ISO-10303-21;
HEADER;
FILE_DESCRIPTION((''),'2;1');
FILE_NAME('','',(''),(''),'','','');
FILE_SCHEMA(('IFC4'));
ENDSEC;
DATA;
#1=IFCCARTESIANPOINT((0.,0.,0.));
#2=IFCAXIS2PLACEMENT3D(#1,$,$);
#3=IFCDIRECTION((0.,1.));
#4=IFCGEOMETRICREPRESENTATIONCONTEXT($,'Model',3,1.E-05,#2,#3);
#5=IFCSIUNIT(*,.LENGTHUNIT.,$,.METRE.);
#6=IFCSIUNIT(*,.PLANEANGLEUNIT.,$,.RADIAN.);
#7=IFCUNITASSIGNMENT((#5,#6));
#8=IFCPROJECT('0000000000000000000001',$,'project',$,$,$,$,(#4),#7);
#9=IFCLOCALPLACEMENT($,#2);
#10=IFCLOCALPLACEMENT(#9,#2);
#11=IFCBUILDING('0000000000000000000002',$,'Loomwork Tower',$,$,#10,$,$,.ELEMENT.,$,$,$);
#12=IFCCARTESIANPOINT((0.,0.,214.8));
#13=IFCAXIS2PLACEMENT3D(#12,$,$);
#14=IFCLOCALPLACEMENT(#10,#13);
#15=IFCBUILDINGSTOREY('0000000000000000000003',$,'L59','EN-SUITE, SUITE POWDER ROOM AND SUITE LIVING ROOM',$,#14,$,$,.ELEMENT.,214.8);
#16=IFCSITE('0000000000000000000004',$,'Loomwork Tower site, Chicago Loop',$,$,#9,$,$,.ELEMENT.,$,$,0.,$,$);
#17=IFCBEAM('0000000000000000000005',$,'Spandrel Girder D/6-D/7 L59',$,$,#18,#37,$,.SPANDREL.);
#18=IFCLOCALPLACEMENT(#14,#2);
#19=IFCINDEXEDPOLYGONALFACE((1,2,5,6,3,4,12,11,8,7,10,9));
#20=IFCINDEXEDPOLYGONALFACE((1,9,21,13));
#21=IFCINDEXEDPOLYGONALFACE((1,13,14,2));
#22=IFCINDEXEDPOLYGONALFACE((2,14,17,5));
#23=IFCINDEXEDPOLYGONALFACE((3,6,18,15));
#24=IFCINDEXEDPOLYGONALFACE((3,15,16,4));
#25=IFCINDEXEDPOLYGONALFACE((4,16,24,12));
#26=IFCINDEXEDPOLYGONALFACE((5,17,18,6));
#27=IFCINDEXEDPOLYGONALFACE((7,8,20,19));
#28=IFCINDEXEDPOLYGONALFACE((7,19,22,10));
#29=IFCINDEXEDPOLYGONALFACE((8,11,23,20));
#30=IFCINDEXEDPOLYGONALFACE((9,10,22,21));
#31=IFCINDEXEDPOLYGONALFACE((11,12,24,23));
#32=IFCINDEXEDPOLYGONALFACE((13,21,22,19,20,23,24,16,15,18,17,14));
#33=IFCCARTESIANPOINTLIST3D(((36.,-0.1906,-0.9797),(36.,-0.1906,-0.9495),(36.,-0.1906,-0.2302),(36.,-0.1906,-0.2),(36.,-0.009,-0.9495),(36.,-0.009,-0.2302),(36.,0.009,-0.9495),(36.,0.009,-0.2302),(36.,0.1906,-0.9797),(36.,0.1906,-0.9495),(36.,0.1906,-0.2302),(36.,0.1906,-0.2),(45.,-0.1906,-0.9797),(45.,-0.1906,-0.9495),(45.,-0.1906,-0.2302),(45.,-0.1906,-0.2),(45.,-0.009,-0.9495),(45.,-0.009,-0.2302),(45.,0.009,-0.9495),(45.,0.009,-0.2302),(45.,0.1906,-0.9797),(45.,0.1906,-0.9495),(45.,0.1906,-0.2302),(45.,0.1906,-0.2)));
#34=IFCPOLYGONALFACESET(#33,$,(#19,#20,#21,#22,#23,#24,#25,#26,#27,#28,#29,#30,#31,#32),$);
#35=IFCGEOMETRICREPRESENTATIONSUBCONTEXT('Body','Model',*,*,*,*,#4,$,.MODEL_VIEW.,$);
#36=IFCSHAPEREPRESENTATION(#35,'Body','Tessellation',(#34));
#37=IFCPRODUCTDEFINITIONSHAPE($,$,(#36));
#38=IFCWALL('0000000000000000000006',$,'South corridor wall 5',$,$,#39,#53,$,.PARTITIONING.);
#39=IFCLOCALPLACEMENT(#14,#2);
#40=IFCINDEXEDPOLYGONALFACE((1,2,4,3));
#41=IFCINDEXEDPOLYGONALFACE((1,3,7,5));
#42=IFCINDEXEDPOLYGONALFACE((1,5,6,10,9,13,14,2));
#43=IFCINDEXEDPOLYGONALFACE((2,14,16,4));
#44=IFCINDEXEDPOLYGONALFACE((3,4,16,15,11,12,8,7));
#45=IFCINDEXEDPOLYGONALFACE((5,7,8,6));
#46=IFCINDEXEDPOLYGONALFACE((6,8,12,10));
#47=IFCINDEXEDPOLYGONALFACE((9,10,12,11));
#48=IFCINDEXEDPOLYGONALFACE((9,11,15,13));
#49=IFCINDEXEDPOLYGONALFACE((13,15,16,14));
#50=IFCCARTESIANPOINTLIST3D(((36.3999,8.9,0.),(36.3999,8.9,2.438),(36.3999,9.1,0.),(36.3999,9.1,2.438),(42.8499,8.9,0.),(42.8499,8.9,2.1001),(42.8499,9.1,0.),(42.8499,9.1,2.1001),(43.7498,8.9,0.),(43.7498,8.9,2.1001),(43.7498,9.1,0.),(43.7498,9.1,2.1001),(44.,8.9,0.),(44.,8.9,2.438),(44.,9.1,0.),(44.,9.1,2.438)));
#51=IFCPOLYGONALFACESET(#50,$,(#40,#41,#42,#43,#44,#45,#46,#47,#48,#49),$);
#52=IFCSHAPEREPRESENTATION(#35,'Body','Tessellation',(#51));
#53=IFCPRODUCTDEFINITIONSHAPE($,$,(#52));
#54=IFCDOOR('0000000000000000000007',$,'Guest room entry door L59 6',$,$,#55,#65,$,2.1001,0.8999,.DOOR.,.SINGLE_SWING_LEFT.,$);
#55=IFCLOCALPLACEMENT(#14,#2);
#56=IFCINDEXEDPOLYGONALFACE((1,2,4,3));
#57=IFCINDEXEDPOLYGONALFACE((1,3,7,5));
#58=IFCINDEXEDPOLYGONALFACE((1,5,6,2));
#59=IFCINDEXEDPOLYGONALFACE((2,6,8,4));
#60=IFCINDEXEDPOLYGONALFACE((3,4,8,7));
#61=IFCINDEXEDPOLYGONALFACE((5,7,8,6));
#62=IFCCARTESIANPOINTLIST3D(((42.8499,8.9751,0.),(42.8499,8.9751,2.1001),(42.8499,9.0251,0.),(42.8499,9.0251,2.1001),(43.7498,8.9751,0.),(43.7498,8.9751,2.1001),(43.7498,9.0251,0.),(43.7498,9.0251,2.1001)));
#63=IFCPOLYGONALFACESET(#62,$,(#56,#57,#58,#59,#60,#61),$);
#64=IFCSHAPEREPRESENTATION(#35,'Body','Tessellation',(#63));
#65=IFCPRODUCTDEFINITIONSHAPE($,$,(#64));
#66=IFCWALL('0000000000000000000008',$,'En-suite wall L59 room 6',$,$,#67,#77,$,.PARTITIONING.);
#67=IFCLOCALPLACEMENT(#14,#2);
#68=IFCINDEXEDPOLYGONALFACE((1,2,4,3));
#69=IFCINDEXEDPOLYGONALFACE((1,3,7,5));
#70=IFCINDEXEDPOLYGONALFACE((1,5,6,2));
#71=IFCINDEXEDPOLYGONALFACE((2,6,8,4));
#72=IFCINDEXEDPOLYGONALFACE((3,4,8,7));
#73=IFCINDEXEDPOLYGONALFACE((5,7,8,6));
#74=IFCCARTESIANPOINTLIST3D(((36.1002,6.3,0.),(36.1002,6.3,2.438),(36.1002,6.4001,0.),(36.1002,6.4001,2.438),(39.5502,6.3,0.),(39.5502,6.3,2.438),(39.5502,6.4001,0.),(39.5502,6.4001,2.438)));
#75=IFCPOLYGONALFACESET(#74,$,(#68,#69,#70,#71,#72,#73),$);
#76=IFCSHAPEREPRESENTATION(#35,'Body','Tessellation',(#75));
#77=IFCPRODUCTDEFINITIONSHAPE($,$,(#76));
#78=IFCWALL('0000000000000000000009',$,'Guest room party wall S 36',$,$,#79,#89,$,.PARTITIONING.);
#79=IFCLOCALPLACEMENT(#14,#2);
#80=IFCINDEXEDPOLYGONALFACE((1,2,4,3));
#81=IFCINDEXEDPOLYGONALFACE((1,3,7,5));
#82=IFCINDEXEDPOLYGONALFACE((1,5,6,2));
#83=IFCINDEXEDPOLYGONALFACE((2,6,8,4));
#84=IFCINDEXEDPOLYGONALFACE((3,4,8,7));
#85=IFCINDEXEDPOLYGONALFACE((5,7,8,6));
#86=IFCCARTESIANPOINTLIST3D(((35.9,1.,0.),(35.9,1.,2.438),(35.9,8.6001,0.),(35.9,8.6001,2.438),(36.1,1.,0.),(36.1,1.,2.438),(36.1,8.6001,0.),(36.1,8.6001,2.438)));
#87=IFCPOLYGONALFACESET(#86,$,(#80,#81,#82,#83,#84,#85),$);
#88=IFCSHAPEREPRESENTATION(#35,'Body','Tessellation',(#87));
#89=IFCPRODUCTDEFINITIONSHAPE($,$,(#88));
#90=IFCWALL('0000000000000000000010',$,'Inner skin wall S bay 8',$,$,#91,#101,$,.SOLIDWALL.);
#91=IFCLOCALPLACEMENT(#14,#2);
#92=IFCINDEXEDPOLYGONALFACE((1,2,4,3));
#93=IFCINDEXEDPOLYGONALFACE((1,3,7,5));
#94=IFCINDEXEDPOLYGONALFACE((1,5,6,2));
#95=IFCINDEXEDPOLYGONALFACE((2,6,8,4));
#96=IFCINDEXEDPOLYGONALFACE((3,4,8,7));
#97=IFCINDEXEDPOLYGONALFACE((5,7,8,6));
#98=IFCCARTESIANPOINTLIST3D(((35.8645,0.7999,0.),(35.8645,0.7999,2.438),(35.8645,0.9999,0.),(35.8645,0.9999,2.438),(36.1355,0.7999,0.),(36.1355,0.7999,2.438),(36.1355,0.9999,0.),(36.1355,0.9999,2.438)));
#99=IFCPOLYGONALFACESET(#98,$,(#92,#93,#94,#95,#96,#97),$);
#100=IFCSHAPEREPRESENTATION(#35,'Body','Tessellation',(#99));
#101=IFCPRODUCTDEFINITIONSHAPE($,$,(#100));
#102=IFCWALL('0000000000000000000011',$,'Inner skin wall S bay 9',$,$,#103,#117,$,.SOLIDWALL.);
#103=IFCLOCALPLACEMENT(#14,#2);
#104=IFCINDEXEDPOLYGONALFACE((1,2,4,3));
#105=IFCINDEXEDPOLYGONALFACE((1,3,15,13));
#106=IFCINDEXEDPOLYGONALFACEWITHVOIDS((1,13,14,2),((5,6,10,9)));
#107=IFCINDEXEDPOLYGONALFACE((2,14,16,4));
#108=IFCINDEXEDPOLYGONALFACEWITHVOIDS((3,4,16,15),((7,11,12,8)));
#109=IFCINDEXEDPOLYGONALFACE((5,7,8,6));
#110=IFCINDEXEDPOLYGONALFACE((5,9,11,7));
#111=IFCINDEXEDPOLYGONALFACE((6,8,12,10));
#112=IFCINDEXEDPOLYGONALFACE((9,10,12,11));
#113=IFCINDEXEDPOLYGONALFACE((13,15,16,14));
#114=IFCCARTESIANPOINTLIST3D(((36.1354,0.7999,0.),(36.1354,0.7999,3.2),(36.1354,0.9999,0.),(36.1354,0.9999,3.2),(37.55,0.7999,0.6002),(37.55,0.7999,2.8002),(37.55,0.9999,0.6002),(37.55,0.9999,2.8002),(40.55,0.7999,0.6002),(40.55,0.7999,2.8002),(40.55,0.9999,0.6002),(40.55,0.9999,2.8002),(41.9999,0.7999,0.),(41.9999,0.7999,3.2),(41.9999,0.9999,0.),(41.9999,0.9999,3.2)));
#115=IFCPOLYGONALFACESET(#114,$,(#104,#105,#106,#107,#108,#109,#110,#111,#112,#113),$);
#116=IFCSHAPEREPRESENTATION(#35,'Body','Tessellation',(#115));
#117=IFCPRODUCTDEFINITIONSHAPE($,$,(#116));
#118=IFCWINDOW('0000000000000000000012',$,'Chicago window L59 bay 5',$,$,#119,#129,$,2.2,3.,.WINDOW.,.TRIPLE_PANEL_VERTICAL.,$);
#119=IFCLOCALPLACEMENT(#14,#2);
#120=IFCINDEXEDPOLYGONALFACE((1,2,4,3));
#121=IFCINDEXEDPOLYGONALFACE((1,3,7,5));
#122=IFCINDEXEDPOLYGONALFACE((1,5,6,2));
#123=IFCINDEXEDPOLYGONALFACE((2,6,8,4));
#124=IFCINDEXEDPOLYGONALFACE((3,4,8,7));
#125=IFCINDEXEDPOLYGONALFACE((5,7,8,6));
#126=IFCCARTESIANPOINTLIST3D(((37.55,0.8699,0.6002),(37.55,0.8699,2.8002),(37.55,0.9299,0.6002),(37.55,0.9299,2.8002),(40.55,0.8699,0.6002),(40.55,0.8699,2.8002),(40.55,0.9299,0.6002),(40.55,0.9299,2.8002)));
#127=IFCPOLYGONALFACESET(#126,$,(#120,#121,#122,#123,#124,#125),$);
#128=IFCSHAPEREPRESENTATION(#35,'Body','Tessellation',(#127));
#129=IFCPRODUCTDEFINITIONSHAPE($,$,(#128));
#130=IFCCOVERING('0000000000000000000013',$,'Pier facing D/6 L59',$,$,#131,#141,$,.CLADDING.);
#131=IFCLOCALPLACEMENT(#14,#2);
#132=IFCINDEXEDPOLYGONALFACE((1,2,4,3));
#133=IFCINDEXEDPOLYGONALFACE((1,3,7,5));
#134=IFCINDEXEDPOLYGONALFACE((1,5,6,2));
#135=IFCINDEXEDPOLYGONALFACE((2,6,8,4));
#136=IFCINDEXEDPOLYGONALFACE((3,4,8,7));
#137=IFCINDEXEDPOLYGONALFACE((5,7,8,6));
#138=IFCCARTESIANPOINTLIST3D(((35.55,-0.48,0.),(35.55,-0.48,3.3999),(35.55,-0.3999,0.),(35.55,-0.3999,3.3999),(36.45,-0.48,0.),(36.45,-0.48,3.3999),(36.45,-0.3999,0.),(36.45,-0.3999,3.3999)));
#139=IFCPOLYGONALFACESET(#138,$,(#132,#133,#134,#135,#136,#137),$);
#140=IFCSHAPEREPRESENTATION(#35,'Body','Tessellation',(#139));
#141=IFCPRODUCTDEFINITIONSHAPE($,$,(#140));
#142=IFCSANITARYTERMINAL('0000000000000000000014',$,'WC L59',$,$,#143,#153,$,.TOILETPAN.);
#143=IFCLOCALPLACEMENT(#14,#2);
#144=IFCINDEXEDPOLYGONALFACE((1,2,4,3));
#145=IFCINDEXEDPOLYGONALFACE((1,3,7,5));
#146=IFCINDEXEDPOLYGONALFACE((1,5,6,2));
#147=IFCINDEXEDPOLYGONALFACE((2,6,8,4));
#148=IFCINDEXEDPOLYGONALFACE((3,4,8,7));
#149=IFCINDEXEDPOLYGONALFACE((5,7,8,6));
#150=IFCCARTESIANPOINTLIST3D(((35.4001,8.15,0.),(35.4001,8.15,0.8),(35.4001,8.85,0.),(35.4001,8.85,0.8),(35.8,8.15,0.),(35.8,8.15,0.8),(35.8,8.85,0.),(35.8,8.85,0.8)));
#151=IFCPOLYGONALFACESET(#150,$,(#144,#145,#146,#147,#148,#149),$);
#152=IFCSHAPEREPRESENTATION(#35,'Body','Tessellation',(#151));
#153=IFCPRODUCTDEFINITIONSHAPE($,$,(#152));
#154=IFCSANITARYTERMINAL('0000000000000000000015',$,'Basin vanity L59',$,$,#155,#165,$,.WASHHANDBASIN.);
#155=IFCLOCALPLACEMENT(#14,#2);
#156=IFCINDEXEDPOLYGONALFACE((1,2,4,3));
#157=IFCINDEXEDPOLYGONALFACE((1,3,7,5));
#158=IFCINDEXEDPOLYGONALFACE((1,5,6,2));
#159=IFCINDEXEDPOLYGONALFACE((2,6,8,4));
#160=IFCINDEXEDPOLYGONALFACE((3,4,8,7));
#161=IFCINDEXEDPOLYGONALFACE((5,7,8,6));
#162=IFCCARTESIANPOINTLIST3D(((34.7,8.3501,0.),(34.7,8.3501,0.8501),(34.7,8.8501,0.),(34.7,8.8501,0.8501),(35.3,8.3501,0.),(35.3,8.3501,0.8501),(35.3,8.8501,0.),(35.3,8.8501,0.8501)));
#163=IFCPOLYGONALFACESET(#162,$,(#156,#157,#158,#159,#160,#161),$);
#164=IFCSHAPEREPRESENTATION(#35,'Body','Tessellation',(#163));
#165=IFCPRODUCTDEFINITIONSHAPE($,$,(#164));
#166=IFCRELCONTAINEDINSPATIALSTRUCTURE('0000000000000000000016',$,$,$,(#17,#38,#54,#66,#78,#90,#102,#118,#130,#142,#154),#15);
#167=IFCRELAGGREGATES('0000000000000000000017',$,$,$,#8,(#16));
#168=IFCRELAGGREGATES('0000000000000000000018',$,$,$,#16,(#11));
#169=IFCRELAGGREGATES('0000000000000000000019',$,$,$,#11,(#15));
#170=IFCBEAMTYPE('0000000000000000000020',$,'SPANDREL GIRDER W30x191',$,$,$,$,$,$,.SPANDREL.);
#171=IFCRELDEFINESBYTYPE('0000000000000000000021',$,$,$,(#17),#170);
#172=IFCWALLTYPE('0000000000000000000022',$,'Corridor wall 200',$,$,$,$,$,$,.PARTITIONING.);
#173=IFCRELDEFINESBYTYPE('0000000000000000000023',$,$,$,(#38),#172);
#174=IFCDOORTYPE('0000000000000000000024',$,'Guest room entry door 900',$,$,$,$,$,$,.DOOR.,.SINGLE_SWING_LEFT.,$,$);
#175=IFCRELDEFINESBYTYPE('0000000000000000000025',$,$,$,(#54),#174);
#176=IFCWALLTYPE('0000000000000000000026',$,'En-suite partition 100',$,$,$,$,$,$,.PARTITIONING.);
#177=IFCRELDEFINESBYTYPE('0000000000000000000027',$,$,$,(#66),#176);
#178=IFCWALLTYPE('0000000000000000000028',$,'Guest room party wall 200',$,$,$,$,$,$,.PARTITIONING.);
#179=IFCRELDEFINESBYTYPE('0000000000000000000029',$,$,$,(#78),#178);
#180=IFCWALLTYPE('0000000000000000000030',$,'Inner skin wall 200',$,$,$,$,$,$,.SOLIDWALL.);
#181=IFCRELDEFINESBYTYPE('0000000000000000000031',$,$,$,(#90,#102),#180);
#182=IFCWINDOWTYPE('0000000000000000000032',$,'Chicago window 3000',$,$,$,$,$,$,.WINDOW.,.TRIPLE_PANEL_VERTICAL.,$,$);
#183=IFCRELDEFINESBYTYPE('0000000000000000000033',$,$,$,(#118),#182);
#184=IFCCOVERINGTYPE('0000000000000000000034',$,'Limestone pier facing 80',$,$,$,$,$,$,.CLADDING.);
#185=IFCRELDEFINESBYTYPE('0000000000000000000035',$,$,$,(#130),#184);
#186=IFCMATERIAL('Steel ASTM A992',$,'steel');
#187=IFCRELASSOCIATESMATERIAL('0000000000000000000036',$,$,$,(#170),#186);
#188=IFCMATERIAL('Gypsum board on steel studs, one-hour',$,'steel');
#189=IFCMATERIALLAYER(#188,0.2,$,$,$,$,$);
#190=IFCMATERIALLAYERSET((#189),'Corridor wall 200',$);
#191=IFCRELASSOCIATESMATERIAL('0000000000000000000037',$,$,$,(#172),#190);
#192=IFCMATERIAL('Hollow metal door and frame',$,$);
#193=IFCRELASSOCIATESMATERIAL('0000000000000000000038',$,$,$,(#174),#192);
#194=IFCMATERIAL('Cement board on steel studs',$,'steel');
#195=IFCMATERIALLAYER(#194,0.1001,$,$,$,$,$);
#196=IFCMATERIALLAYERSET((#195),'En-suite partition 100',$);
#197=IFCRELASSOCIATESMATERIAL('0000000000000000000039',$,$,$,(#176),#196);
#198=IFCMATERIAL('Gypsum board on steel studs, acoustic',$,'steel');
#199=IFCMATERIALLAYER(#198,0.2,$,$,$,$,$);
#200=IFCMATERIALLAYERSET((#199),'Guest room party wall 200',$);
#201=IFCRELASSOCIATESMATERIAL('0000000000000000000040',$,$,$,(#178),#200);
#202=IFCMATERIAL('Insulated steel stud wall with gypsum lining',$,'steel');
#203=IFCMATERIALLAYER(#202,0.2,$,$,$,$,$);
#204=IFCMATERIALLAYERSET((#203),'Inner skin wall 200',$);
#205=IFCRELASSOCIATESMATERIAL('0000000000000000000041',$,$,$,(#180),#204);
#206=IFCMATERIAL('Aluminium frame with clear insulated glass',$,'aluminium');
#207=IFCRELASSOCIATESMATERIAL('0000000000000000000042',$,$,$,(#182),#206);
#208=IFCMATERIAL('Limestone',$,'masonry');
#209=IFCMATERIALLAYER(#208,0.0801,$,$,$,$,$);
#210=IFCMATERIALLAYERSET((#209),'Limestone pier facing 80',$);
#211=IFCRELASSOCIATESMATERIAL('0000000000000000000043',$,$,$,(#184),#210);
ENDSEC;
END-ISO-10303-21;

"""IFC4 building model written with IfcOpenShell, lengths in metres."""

from ifc_helpers import new_model, si_unit, direction, frame, frame_2d, origin, origin_2d, place, context, subcontext, project, spatial, rectangle, i_section, extrude, material, layer, layer_set, material_profile, profile_set, type_object, element, fill, save


model = new_model("IFC4")

# Units and contexts
model_context = context("Model", 3, precision=1e-05, world=origin(), true_north=direction((0.0, 1.0)))
body_context = subcontext(model_context, "Body", "Model", "MODEL_VIEW")
ifc_project = project(units=[si_unit("LENGTHUNIT", "METRE"), si_unit("PLANEANGLEUNIT", "RADIAN")], contexts=[model_context])

# Site, building, storey
site_placement = place(None, origin())
site = spatial("IfcSite", under=ifc_project, at=site_placement, Name="Loomwork Tower site, Chicago Loop", CompositionType="ELEMENT", RefElevation=0.0)
building_placement = place(site_placement, origin())
building = spatial("IfcBuilding", under=site, at=building_placement, Name="Loomwork Tower", CompositionType="ELEMENT")
storey_placement = place(building_placement, frame((0.0, 0.0, 214.8)))
storey = spatial("IfcBuildingStorey", under=building, at=storey_placement, Name="L59", Description="EN-SUITE, SUITE POWDER ROOM AND SUITE LIVING ROOM", CompositionType="ELEMENT", Elevation=214.8)

# Beam
ifc_material_1 = material(Name="Steel ASTM A992", Category="steel")
ifc_material_profile_1 = material_profile(ifc_material_1, i_section(OverallWidth=0.3811, OverallDepth=0.7798, WebThickness=0.0181, FlangeThickness=0.0303, at=origin_2d()), Name="W30x191")
ifc_profile_set_1 = profile_set([ifc_material_profile_1], Name="Steel ASTM A992")
beam_type_1 = type_object("IfcBeamType", Name="SPANDREL GIRDER W30x191", PredefinedType="SPANDREL", material=ifc_profile_set_1)
beam_1_placement = place(storey_placement, frame((36.0, 0.0, -0.5898), z_axis=(1.0, 0.0, 0.0), x_axis=(0.0, 1.0, 0.0)))
element("IfcBeam", 1, at=beam_1_placement, inside=storey, type_object=beam_type_1, Name="Spandrel Girder D/6-D/7 L59", PredefinedType="SPANDREL", context=body_context, shape_type="SweptSolid", body=[
    extrude(i_section(OverallWidth=0.3811, OverallDepth=0.7798, WebThickness=0.0181, FlangeThickness=0.0303, at=origin_2d()), origin(), (0.0, 0.0, 1.0), 9.0),
])

# Wall, opening, door
ifc_material_2 = material(Name="Gypsum board on steel studs, one-hour", Category="steel")
ifc_layer_1 = layer(ifc_material_2, 0.2)
ifc_layer_set_1 = layer_set([ifc_layer_1], Name="Corridor wall 200")
wall_type_1 = type_object("IfcWallType", Name="Corridor wall 200", PredefinedType="PARTITIONING", material=ifc_layer_set_1)
wall_1_placement = place(storey_placement, frame((36.3999, 9.0, 0.0), z_axis=(0.0, 0.0, 1.0), x_axis=(1.0, 0.0, 0.0)))
wall_1 = element("IfcWall", 2, at=wall_1_placement, inside=storey, type_object=wall_type_1, Name="South corridor wall 5", PredefinedType="PARTITIONING", context=body_context, shape_type="SweptSolid", body=[
    extrude(rectangle(XDim=7.6001, YDim=0.2, at=frame_2d((3.8, 0.0))), origin(), (0.0, 0.0, 1.0), 2.438),
])
opening_1_placement = place(wall_1_placement, frame((6.45, 0.0, 0.0)))
opening_1 = element("IfcOpeningElement", 3, at=opening_1_placement, cuts=wall_1, PredefinedType="OPENING", context=body_context, shape_type="SweptSolid", body=[
    extrude(rectangle(XDim=0.8999, YDim=2.1001, at=frame_2d((0.45, 1.05))), frame((0.0, 0.1099, 0.0), z_axis=(0.0, -1.0, 0.0), x_axis=(1.0, 0.0, 0.0)), (0.0, 0.0, 1.0), 0.22),
])
ifc_material_3 = material(Name="Hollow metal door and frame")
door_type = type_object("IfcDoorType", Name="Guest room entry door 900", OperationType="SINGLE_SWING_LEFT", PredefinedType="DOOR", material=ifc_material_3)
door_placement = place(opening_1_placement, frame((0.8999, 0.0, 0.0), z_axis=(0.0, 0.0, 1.0), x_axis=(-1.0, 0.0, 0.0)))
door = element("IfcDoor", 4, at=door_placement, inside=storey, type_object=door_type, Name="Guest room entry door L59 6", OperationType="SINGLE_SWING_LEFT", OverallHeight=2.1001, OverallWidth=0.8999, PredefinedType="DOOR", context=body_context, shape_type="SweptSolid", body=[
    extrude(rectangle(XDim=0.8999, YDim=2.1001, at=frame_2d((0.45, 1.05))), frame((0.0, 0.0249, 0.0), z_axis=(0.0, -1.0, 0.0), x_axis=(1.0, 0.0, 0.0)), (0.0, 0.0, 1.0), 0.05),
])
fill(opening_1, door)

# Walls
ifc_material_4 = material(Name="Cement board on steel studs", Category="steel")
ifc_layer_2 = layer(ifc_material_4, 0.1001)
ifc_layer_set_2 = layer_set([ifc_layer_2], Name="En-suite partition 100")
wall_type_2 = type_object("IfcWallType", Name="En-suite partition 100", PredefinedType="PARTITIONING", material=ifc_layer_set_2)
wall_2_placement = place(storey_placement, frame((36.1001, 6.3501, 0.0), z_axis=(0.0, 0.0, 1.0), x_axis=(1.0, 0.0, 0.0)))
element("IfcWall", 5, at=wall_2_placement, inside=storey, type_object=wall_type_2, Name="En-suite wall L59 room 6", PredefinedType="PARTITIONING", context=body_context, shape_type="SweptSolid", body=[
    extrude(rectangle(XDim=3.45, YDim=0.1001, at=frame_2d((1.7251, 0.0))), origin(), (0.0, 0.0, 1.0), 2.438),
])
ifc_material_5 = material(Name="Gypsum board on steel studs, acoustic", Category="steel")
ifc_layer_3 = layer(ifc_material_5, 0.2)
ifc_layer_set_3 = layer_set([ifc_layer_3], Name="Guest room party wall 200")
wall_type_3 = type_object("IfcWallType", Name="Guest room party wall 200", PredefinedType="PARTITIONING", material=ifc_layer_set_3)
wall_3_placement = place(storey_placement, frame((36.0, 8.6001, 0.0), z_axis=(0.0, 0.0, 1.0), x_axis=(0.0, -1.0, 0.0)))
element("IfcWall", 6, at=wall_3_placement, inside=storey, type_object=wall_type_3, Name="Guest room party wall S 36", PredefinedType="PARTITIONING", context=body_context, shape_type="SweptSolid", body=[
    extrude(rectangle(XDim=7.6001, YDim=0.2, at=frame_2d((3.8, 0.0))), origin(), (0.0, 0.0, 1.0), 2.438),
])
ifc_material_6 = material(Name="Insulated steel stud wall with gypsum lining", Category="steel")
ifc_layer_4 = layer(ifc_material_6, 0.2)
ifc_layer_set_4 = layer_set([ifc_layer_4], Name="Inner skin wall 200")
wall_type_4 = type_object("IfcWallType", Name="Inner skin wall 200", PredefinedType="SOLIDWALL", material=ifc_layer_set_4)
wall_4_placement = place(storey_placement, frame((35.8645, 0.8999, 0.0), z_axis=(0.0, 0.0, 1.0), x_axis=(1.0, 0.0, 0.0)))
element("IfcWall", 7, at=wall_4_placement, inside=storey, type_object=wall_type_4, Name="Inner skin wall S bay 8", PredefinedType="SOLIDWALL", context=body_context, shape_type="SweptSolid", body=[
    extrude(rectangle(XDim=0.271, YDim=0.2, at=frame_2d((0.1355, 0.0))), origin(), (0.0, 0.0, 1.0), 2.438),
])

# Wall, opening, window
wall_5_placement = place(storey_placement, frame((36.1355, 0.8999, 0.0), z_axis=(0.0, 0.0, 1.0), x_axis=(1.0, 0.0, 0.0)))
wall_5 = element("IfcWall", 8, at=wall_5_placement, inside=storey, type_object=wall_type_4, Name="Inner skin wall S bay 9", PredefinedType="SOLIDWALL", context=body_context, shape_type="SweptSolid", body=[
    extrude(rectangle(XDim=5.8645, YDim=0.2, at=frame_2d((2.9321, 0.0))), origin(), (0.0, 0.0, 1.0), 3.2),
])
opening_2_placement = place(wall_5_placement, frame((1.4146, 0.0, 0.6001)))
opening_2 = element("IfcOpeningElement", 9, at=opening_2_placement, cuts=wall_5, PredefinedType="OPENING", context=body_context, shape_type="SweptSolid", body=[
    extrude(rectangle(XDim=3.0, YDim=2.2, at=frame_2d((1.5, 1.1001))), frame((0.0, 0.1099, 0.0), z_axis=(0.0, -1.0, 0.0), x_axis=(1.0, 0.0, 0.0)), (0.0, 0.0, 1.0), 0.22),
])
ifc_material_7 = material(Name="Aluminium frame with clear insulated glass", Category="aluminium")
window_type = type_object("IfcWindowType", Name="Chicago window 3000", PartitioningType="TRIPLE_PANEL_VERTICAL", PredefinedType="WINDOW", material=ifc_material_7)
window_placement = place(opening_2_placement, origin())
window = element("IfcWindow", 10, at=window_placement, inside=storey, type_object=window_type, Name="Chicago window L59 bay 5", OverallHeight=2.2, OverallWidth=3.0, PartitioningType="TRIPLE_PANEL_VERTICAL", PredefinedType="WINDOW", context=body_context, shape_type="SweptSolid", body=[
    extrude(rectangle(XDim=3.0, YDim=2.2, at=frame_2d((1.5, 1.1001))), frame((0.0, 0.03, 0.0), z_axis=(0.0, -1.0, 0.0), x_axis=(1.0, 0.0, 0.0)), (0.0, 0.0, 1.0), 0.0601),
])
fill(opening_2, window)

# Covering
ifc_material_8 = material(Name="Limestone", Category="masonry")
ifc_layer_5 = layer(ifc_material_8, 0.0801)
ifc_layer_set_5 = layer_set([ifc_layer_5], Name="Limestone pier facing 80")
covering_type = type_object("IfcCoveringType", Name="Limestone pier facing 80", PredefinedType="CLADDING", material=ifc_layer_set_5)
covering_placement = place(storey_placement, frame((36.0, -0.4399, 0.0), z_axis=(0.0, 0.0, 1.0), x_axis=(1.0, 0.0, 0.0)))
element("IfcCovering", 11, at=covering_placement, inside=storey, type_object=covering_type, Name="Pier facing D/6 L59", PredefinedType="CLADDING", context=body_context, shape_type="SweptSolid", body=[
    extrude(rectangle(XDim=0.8999, YDim=0.0801, at=origin_2d()), origin(), (0.0, 0.0, 1.0), 3.3999),
])

# Sanitary terminals
sanitary_terminal_1_placement = place(storey_placement, frame((35.6001, 8.5, 0.0), z_axis=(0.0, 0.0, 1.0), x_axis=(1.0, 0.0, 0.0)))
element("IfcSanitaryTerminal", 12, at=sanitary_terminal_1_placement, inside=storey, Name="WC L59", PredefinedType="TOILETPAN", context=body_context, shape_type="SweptSolid", body=[
    extrude(rectangle(XDim=0.3999, YDim=0.7, at=origin_2d()), origin(), (0.0, 0.0, 1.0), 0.8),
])
sanitary_terminal_2_placement = place(storey_placement, frame((35.0, 8.6001, 0.0), z_axis=(0.0, 0.0, 1.0), x_axis=(1.0, 0.0, 0.0)))
element("IfcSanitaryTerminal", 13, at=sanitary_terminal_2_placement, inside=storey, Name="Basin vanity L59", PredefinedType="WASHHANDBASIN", context=body_context, shape_type="SweptSolid", body=[
    extrude(rectangle(XDim=0.6001, YDim=0.5, at=origin_2d()), origin(), (0.0, 0.0, 1.0), 0.8501),
])

save(model, "model.ifc")
